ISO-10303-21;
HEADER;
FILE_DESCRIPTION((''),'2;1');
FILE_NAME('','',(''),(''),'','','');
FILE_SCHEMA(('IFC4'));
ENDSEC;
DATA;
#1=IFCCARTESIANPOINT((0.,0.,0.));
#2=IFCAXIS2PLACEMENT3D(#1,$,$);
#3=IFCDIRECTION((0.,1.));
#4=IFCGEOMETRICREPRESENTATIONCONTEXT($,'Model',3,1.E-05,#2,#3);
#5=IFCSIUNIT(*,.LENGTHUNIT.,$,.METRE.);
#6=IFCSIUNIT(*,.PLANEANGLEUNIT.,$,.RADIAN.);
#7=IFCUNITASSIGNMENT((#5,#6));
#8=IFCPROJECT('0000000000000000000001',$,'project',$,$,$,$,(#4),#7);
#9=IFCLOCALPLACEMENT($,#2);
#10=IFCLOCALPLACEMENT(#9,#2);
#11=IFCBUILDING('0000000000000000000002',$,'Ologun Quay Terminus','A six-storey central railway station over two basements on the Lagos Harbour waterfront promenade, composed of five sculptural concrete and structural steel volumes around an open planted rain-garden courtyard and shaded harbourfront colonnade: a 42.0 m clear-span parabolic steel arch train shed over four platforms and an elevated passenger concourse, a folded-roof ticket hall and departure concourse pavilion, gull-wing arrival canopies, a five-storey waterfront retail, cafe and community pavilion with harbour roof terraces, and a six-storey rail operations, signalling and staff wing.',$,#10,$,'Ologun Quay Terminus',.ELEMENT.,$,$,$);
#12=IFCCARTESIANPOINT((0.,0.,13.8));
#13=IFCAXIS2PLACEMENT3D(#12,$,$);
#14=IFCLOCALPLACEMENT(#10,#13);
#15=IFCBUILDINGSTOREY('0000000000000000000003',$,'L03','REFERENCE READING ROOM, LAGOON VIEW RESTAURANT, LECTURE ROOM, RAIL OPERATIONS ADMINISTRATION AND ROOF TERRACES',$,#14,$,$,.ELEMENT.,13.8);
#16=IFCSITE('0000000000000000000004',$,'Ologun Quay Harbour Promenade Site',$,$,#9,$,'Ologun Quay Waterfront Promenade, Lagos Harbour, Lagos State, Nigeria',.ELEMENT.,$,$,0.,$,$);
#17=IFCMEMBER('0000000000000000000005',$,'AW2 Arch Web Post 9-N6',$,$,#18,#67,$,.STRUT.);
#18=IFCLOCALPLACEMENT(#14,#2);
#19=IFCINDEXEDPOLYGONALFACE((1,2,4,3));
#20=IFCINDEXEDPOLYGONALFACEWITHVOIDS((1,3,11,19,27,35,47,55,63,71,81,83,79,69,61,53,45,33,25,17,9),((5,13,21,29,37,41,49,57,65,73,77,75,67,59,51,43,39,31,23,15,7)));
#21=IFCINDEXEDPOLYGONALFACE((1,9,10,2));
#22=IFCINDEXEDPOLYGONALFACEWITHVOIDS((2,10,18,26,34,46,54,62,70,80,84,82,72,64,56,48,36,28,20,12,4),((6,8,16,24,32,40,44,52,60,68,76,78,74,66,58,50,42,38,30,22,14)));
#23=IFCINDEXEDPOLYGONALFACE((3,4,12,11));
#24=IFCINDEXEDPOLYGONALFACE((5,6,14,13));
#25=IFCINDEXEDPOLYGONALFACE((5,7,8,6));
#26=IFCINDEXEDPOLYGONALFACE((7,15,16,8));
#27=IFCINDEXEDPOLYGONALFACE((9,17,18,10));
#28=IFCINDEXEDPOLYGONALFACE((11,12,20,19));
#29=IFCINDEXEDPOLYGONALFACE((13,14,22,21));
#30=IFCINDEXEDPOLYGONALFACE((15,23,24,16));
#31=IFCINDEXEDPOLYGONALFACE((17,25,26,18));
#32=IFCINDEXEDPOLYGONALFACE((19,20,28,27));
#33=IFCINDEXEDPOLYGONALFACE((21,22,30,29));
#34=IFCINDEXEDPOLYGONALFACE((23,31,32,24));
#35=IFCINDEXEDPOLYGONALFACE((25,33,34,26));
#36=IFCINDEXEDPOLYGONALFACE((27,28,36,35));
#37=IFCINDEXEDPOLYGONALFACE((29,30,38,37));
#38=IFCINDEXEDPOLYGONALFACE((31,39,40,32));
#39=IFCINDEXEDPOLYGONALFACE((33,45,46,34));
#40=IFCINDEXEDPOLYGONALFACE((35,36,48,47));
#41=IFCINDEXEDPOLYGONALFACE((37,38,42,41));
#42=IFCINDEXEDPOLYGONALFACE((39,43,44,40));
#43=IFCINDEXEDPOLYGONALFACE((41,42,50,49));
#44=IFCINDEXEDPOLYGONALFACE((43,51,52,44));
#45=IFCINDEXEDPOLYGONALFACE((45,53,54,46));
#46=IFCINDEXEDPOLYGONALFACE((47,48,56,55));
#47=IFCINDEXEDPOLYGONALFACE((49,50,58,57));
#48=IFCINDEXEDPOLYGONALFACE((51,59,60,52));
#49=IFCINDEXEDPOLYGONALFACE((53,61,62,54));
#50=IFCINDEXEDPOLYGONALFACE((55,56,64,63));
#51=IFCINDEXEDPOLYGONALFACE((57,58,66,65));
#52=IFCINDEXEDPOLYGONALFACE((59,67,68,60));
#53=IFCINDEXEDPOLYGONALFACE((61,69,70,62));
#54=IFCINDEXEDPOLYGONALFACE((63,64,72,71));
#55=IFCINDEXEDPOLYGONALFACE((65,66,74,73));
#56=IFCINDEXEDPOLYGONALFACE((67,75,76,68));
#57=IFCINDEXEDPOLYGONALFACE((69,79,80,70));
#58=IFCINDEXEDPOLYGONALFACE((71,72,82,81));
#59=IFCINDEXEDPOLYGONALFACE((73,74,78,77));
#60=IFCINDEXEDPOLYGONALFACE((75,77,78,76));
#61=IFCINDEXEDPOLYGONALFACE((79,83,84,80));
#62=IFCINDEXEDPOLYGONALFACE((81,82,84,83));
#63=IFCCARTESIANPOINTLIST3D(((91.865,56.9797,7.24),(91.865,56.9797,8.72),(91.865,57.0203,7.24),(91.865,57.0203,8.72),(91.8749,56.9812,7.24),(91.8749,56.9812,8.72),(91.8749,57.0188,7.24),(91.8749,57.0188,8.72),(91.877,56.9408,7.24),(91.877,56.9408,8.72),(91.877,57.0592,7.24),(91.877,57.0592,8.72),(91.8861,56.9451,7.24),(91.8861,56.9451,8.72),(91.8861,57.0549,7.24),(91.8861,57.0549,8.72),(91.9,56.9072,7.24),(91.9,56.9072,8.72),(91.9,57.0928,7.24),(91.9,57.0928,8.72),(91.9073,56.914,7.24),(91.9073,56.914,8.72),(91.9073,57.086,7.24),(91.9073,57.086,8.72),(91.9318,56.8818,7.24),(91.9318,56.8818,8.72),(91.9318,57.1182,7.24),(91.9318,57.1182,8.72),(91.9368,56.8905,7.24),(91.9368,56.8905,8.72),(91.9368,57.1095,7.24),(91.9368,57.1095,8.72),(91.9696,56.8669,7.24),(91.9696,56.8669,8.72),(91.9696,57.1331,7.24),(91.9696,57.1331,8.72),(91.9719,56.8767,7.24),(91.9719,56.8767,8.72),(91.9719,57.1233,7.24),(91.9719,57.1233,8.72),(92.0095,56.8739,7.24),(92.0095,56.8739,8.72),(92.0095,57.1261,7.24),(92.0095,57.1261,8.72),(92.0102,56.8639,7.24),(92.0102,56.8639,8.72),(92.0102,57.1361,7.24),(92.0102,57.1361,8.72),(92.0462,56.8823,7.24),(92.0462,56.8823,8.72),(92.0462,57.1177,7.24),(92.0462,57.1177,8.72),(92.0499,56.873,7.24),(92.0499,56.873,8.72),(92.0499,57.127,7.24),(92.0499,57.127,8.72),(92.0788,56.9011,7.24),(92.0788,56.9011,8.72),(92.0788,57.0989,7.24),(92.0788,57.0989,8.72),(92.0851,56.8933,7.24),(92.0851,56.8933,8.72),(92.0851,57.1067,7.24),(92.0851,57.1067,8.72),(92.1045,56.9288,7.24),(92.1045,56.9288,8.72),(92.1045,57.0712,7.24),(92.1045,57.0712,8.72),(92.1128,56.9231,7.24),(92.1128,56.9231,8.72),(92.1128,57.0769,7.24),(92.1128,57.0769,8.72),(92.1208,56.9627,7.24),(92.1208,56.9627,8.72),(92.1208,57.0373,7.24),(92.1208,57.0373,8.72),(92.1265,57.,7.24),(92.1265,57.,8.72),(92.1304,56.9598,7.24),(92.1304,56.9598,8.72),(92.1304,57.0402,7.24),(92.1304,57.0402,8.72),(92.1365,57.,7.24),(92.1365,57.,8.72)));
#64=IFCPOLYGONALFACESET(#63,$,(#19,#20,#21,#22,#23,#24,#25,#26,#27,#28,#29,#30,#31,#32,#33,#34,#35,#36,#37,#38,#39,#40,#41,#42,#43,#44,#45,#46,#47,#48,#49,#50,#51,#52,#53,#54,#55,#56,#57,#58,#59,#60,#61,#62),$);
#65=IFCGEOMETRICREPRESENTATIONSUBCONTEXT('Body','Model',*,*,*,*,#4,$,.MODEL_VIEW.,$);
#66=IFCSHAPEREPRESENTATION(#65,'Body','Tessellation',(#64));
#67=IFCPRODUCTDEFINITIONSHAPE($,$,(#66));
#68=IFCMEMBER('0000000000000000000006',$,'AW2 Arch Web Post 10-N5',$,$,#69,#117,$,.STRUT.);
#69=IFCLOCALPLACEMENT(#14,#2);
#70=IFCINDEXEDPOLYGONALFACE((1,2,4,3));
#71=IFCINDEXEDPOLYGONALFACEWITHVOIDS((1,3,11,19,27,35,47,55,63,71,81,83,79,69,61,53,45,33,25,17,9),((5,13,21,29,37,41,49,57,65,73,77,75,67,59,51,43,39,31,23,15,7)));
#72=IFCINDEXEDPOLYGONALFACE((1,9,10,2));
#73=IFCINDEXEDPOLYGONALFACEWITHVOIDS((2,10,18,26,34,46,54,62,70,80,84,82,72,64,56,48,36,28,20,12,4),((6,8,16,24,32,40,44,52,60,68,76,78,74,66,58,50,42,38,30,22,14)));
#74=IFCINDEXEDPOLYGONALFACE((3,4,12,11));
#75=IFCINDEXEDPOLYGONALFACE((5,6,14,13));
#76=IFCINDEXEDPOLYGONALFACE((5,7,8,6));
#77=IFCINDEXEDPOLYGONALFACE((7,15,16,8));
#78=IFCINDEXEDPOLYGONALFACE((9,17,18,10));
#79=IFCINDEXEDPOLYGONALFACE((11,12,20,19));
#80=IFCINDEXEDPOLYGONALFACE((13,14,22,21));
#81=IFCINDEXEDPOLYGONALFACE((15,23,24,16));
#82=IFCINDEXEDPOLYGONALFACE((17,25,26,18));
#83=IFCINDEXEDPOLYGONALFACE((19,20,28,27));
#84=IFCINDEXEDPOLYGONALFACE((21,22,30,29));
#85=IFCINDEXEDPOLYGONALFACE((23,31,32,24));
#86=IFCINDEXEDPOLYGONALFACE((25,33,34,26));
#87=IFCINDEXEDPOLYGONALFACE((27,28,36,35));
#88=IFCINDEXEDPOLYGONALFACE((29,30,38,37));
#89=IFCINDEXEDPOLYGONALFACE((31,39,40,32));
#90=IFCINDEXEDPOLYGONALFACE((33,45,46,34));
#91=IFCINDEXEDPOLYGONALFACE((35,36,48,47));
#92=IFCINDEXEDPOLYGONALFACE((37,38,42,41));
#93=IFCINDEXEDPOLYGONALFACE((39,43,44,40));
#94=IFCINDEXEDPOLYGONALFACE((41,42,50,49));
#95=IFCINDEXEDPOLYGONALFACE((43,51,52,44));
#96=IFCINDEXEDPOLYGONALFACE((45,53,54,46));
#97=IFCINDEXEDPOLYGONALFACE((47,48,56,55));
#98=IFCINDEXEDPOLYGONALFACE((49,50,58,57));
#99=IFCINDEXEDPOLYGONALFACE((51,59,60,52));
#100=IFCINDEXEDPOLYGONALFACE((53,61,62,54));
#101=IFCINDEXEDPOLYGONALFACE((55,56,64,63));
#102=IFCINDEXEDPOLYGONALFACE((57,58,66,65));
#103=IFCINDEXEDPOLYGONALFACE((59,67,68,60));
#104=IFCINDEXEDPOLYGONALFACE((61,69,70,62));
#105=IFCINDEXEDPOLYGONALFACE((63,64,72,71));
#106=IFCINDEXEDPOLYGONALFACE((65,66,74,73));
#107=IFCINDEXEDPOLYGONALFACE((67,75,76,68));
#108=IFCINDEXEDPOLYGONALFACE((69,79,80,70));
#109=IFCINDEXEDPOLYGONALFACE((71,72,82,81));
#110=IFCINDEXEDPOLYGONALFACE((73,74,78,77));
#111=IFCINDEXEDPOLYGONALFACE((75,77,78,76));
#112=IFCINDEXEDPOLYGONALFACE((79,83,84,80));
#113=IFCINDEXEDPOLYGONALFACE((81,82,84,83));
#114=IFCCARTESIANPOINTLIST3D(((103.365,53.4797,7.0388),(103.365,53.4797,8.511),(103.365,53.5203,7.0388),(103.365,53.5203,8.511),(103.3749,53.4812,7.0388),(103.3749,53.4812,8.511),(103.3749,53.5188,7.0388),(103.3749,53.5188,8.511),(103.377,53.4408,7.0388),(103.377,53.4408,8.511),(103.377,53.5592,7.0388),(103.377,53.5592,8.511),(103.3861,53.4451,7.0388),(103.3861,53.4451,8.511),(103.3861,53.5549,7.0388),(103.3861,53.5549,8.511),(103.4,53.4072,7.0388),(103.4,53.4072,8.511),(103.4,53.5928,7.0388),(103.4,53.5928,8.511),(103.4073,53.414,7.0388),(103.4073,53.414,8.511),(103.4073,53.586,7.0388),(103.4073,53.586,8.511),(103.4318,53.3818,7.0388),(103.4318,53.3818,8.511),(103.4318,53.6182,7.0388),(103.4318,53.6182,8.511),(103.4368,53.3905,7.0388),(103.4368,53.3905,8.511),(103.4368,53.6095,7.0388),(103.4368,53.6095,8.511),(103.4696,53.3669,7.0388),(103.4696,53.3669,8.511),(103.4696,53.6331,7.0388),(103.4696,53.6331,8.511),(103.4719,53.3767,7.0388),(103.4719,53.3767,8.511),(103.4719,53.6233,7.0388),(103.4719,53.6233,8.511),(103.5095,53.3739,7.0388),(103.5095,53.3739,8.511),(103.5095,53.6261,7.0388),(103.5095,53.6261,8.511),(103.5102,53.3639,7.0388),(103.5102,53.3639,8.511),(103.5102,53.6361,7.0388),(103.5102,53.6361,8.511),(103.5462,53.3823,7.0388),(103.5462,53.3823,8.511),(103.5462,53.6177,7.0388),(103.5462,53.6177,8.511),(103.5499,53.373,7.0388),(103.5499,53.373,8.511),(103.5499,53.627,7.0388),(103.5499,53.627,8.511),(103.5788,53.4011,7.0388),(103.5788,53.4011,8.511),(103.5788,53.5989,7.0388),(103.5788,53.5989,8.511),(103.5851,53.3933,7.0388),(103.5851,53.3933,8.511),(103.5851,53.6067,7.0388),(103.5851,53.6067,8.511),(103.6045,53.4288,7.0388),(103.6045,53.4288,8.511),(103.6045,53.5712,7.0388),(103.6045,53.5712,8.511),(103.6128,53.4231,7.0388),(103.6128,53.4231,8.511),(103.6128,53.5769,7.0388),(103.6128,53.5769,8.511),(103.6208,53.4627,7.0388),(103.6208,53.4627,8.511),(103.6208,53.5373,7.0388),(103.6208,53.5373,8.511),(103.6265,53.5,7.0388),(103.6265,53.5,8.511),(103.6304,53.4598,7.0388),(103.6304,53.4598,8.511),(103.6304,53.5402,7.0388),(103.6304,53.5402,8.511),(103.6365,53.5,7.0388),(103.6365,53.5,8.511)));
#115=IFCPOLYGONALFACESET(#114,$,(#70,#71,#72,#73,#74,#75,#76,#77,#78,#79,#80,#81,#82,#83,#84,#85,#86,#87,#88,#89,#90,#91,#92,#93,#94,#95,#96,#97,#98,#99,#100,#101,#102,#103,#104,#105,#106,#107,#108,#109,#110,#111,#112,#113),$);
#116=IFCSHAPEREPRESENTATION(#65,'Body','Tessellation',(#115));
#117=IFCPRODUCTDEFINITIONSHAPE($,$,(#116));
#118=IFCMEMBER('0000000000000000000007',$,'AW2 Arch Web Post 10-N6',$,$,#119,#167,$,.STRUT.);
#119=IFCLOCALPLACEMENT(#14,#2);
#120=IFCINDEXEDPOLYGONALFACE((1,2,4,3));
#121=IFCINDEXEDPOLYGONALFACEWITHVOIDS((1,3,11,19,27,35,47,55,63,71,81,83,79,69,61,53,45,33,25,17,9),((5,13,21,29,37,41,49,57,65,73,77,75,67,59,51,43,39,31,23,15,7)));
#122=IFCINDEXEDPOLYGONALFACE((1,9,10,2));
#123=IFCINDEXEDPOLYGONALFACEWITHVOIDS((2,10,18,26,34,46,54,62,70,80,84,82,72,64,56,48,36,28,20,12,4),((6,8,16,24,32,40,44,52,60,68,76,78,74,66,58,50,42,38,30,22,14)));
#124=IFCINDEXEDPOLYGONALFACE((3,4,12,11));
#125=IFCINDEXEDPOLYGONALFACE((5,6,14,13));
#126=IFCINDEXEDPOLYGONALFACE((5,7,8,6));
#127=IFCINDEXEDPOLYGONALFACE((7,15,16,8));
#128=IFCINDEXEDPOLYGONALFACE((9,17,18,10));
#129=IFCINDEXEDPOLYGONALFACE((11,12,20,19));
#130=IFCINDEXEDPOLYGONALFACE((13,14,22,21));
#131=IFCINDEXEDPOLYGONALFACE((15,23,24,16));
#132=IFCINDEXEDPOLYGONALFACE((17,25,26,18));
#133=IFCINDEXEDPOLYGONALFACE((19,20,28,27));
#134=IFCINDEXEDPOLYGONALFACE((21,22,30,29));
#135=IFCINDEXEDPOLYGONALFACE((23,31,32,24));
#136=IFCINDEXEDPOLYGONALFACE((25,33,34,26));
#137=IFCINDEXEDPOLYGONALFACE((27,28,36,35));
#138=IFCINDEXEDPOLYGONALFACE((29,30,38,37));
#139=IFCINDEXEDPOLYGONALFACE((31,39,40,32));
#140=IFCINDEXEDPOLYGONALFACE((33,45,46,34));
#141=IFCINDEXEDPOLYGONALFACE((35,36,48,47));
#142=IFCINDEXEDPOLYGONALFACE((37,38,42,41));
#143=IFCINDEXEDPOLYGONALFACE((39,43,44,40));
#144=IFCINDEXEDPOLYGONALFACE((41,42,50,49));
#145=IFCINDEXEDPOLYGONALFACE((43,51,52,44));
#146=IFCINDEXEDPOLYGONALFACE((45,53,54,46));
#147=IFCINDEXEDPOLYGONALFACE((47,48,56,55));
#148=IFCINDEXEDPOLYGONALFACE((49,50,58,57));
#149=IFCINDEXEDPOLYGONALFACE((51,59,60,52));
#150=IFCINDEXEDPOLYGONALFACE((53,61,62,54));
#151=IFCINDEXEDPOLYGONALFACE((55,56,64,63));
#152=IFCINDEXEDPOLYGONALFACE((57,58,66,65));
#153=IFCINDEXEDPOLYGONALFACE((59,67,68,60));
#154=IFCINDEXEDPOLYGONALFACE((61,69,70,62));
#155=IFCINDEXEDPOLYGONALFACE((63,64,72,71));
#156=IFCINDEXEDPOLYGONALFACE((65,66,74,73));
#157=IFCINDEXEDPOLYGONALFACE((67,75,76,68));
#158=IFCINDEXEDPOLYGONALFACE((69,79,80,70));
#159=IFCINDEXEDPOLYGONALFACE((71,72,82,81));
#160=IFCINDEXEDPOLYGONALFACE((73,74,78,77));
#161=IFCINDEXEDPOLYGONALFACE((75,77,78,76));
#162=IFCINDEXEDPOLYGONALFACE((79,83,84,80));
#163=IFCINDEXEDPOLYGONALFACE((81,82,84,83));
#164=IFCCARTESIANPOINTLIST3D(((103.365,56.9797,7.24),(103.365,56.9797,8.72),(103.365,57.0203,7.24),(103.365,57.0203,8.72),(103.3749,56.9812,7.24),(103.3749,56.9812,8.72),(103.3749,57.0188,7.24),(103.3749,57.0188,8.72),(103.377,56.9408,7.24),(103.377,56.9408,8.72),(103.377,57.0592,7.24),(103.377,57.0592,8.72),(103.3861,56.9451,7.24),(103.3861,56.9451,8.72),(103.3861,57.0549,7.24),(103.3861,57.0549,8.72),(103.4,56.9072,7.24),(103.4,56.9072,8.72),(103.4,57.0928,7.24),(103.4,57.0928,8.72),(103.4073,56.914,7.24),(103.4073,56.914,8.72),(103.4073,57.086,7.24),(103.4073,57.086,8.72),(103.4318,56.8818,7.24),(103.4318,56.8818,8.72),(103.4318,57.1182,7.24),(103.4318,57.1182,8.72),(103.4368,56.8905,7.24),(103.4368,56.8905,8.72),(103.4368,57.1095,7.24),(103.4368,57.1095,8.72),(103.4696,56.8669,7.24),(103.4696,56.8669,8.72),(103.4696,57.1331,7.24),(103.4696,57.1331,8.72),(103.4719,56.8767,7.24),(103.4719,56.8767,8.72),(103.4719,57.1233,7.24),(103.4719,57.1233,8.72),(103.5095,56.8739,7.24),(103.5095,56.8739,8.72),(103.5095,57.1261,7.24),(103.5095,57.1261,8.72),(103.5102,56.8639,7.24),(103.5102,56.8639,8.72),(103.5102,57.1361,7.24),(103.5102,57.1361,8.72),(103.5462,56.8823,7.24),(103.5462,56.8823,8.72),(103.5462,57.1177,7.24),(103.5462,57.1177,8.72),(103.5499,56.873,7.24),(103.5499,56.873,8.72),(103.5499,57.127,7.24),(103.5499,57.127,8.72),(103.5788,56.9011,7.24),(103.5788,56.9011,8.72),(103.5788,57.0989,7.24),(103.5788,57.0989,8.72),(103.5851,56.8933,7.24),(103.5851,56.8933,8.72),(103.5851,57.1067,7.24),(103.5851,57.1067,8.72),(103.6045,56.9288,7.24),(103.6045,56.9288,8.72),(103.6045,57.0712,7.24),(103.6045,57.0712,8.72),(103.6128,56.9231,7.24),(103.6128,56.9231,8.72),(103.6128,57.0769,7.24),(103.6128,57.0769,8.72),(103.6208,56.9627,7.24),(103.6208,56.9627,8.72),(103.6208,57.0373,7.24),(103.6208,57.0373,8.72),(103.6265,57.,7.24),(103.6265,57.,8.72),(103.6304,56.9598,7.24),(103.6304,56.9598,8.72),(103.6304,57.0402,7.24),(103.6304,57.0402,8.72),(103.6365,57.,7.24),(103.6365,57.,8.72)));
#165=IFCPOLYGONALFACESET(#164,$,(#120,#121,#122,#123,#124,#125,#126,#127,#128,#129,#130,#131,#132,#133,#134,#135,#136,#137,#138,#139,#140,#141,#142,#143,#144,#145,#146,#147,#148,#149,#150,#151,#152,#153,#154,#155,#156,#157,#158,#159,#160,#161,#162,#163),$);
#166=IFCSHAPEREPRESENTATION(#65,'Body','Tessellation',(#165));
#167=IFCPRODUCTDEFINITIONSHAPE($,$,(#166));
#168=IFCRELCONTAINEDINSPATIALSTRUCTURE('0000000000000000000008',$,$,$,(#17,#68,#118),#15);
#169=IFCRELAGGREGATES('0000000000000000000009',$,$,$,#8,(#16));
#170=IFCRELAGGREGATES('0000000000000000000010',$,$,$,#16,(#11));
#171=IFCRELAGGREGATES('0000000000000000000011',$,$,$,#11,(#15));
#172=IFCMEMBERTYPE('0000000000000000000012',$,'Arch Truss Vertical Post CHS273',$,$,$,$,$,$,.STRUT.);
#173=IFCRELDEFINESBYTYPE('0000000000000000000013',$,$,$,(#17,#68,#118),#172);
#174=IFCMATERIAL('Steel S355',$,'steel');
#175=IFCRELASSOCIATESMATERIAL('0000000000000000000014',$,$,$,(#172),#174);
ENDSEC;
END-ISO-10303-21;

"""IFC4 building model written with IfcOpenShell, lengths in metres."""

from ifc_helpers import new_model, si_unit, direction, frame, origin, origin_2d, place, context, subcontext, project, spatial, hollow_circle, extrude, material, material_profile, profile_set, type_object, element, save


model = new_model("IFC4")

# Units and contexts
model_context = context("Model", 3, precision=1e-05, world=origin(), true_north=direction((0.0, 1.0)))
body_context = subcontext(model_context, "Body", "Model", "MODEL_VIEW")
ifc_project = project(units=[si_unit("LENGTHUNIT", "METRE"), si_unit("PLANEANGLEUNIT", "RADIAN")], contexts=[model_context])

# Site, building, storey
site_placement = place(None, origin())
site = spatial("IfcSite", under=ifc_project, at=site_placement, Name="Ologun Quay Harbour Promenade Site", LongName="Ologun Quay Waterfront Promenade, Lagos Harbour, Lagos State, Nigeria", CompositionType="ELEMENT", RefElevation=0.0)
building_placement = place(site_placement, origin())
building = spatial("IfcBuilding", under=site, at=building_placement, Name="Ologun Quay Terminus", Description="A six-storey central railway station over two basements on the Lagos Harbour waterfront promenade, composed of five sculptural concrete and structural steel volumes around an open planted rain-garden courtyard and shaded harbourfront colonnade: a 42.0 m clear-span parabolic steel arch train shed over four platforms and an elevated passenger concourse, a folded-roof ticket hall and departure concourse pavilion, gull-wing arrival canopies, a five-storey waterfront retail, cafe and community pavilion with harbour roof terraces, and a six-storey rail operations, signalling and staff wing.", LongName="Ologun Quay Terminus", CompositionType="ELEMENT")
storey_placement = place(building_placement, frame((0.0, 0.0, 13.8)))
storey = spatial("IfcBuildingStorey", under=building, at=storey_placement, Name="L03", Description="REFERENCE READING ROOM, LAGOON VIEW RESTAURANT, LECTURE ROOM, RAIL OPERATIONS ADMINISTRATION AND ROOF TERRACES", CompositionType="ELEMENT", Elevation=13.8)

# Members
ifc_material_1 = material(Name="Steel S355", Category="steel")
ifc_material_profile_1 = material_profile(ifc_material_1, hollow_circle(Radius=0.1365, WallThickness=0.01, at=origin_2d()), Name="CHS 273x10")
ifc_profile_set_1 = profile_set([ifc_material_profile_1], Name="Steel S355")
member_type_1 = type_object("IfcMemberType", Name="Arch Truss Vertical Post CHS273", PredefinedType="STRUT", material=ifc_profile_set_1)
member_1_placement = place(storey_placement, frame((92.0, 57.0, 7.24), z_axis=(0.0, 0.0, 1.0), x_axis=(1.0, 0.0, 0.0)))
element("IfcMember", 1, at=member_1_placement, inside=storey, type_object=member_type_1, Name="AW2 Arch Web Post 9-N6", PredefinedType="STRUT", context=body_context, shape_type="SweptSolid", body=[
    extrude(hollow_circle(Radius=0.1365, WallThickness=0.01, at=origin_2d()), origin(), (0.0, 0.0, 1.0), 1.48),
])
member_2_placement = place(storey_placement, frame((103.5, 53.5, 7.0388), z_axis=(0.0, 0.0, 1.0), x_axis=(1.0, 0.0, 0.0)))
element("IfcMember", 2, at=member_2_placement, inside=storey, type_object=member_type_1, Name="AW2 Arch Web Post 10-N5", PredefinedType="STRUT", context=body_context, shape_type="SweptSolid", body=[
    extrude(hollow_circle(Radius=0.1365, WallThickness=0.01, at=origin_2d()), origin(), (0.0, 0.0, 1.0), 1.4722),
])
member_3_placement = place(storey_placement, frame((103.5, 57.0, 7.24), z_axis=(0.0, 0.0, 1.0), x_axis=(1.0, 0.0, 0.0)))
element("IfcMember", 3, at=member_3_placement, inside=storey, type_object=member_type_1, Name="AW2 Arch Web Post 10-N6", PredefinedType="STRUT", context=body_context, shape_type="SweptSolid", body=[
    extrude(hollow_circle(Radius=0.1365, WallThickness=0.01, at=origin_2d()), origin(), (0.0, 0.0, 1.0), 1.48),
])

save(model, "model.ifc")
